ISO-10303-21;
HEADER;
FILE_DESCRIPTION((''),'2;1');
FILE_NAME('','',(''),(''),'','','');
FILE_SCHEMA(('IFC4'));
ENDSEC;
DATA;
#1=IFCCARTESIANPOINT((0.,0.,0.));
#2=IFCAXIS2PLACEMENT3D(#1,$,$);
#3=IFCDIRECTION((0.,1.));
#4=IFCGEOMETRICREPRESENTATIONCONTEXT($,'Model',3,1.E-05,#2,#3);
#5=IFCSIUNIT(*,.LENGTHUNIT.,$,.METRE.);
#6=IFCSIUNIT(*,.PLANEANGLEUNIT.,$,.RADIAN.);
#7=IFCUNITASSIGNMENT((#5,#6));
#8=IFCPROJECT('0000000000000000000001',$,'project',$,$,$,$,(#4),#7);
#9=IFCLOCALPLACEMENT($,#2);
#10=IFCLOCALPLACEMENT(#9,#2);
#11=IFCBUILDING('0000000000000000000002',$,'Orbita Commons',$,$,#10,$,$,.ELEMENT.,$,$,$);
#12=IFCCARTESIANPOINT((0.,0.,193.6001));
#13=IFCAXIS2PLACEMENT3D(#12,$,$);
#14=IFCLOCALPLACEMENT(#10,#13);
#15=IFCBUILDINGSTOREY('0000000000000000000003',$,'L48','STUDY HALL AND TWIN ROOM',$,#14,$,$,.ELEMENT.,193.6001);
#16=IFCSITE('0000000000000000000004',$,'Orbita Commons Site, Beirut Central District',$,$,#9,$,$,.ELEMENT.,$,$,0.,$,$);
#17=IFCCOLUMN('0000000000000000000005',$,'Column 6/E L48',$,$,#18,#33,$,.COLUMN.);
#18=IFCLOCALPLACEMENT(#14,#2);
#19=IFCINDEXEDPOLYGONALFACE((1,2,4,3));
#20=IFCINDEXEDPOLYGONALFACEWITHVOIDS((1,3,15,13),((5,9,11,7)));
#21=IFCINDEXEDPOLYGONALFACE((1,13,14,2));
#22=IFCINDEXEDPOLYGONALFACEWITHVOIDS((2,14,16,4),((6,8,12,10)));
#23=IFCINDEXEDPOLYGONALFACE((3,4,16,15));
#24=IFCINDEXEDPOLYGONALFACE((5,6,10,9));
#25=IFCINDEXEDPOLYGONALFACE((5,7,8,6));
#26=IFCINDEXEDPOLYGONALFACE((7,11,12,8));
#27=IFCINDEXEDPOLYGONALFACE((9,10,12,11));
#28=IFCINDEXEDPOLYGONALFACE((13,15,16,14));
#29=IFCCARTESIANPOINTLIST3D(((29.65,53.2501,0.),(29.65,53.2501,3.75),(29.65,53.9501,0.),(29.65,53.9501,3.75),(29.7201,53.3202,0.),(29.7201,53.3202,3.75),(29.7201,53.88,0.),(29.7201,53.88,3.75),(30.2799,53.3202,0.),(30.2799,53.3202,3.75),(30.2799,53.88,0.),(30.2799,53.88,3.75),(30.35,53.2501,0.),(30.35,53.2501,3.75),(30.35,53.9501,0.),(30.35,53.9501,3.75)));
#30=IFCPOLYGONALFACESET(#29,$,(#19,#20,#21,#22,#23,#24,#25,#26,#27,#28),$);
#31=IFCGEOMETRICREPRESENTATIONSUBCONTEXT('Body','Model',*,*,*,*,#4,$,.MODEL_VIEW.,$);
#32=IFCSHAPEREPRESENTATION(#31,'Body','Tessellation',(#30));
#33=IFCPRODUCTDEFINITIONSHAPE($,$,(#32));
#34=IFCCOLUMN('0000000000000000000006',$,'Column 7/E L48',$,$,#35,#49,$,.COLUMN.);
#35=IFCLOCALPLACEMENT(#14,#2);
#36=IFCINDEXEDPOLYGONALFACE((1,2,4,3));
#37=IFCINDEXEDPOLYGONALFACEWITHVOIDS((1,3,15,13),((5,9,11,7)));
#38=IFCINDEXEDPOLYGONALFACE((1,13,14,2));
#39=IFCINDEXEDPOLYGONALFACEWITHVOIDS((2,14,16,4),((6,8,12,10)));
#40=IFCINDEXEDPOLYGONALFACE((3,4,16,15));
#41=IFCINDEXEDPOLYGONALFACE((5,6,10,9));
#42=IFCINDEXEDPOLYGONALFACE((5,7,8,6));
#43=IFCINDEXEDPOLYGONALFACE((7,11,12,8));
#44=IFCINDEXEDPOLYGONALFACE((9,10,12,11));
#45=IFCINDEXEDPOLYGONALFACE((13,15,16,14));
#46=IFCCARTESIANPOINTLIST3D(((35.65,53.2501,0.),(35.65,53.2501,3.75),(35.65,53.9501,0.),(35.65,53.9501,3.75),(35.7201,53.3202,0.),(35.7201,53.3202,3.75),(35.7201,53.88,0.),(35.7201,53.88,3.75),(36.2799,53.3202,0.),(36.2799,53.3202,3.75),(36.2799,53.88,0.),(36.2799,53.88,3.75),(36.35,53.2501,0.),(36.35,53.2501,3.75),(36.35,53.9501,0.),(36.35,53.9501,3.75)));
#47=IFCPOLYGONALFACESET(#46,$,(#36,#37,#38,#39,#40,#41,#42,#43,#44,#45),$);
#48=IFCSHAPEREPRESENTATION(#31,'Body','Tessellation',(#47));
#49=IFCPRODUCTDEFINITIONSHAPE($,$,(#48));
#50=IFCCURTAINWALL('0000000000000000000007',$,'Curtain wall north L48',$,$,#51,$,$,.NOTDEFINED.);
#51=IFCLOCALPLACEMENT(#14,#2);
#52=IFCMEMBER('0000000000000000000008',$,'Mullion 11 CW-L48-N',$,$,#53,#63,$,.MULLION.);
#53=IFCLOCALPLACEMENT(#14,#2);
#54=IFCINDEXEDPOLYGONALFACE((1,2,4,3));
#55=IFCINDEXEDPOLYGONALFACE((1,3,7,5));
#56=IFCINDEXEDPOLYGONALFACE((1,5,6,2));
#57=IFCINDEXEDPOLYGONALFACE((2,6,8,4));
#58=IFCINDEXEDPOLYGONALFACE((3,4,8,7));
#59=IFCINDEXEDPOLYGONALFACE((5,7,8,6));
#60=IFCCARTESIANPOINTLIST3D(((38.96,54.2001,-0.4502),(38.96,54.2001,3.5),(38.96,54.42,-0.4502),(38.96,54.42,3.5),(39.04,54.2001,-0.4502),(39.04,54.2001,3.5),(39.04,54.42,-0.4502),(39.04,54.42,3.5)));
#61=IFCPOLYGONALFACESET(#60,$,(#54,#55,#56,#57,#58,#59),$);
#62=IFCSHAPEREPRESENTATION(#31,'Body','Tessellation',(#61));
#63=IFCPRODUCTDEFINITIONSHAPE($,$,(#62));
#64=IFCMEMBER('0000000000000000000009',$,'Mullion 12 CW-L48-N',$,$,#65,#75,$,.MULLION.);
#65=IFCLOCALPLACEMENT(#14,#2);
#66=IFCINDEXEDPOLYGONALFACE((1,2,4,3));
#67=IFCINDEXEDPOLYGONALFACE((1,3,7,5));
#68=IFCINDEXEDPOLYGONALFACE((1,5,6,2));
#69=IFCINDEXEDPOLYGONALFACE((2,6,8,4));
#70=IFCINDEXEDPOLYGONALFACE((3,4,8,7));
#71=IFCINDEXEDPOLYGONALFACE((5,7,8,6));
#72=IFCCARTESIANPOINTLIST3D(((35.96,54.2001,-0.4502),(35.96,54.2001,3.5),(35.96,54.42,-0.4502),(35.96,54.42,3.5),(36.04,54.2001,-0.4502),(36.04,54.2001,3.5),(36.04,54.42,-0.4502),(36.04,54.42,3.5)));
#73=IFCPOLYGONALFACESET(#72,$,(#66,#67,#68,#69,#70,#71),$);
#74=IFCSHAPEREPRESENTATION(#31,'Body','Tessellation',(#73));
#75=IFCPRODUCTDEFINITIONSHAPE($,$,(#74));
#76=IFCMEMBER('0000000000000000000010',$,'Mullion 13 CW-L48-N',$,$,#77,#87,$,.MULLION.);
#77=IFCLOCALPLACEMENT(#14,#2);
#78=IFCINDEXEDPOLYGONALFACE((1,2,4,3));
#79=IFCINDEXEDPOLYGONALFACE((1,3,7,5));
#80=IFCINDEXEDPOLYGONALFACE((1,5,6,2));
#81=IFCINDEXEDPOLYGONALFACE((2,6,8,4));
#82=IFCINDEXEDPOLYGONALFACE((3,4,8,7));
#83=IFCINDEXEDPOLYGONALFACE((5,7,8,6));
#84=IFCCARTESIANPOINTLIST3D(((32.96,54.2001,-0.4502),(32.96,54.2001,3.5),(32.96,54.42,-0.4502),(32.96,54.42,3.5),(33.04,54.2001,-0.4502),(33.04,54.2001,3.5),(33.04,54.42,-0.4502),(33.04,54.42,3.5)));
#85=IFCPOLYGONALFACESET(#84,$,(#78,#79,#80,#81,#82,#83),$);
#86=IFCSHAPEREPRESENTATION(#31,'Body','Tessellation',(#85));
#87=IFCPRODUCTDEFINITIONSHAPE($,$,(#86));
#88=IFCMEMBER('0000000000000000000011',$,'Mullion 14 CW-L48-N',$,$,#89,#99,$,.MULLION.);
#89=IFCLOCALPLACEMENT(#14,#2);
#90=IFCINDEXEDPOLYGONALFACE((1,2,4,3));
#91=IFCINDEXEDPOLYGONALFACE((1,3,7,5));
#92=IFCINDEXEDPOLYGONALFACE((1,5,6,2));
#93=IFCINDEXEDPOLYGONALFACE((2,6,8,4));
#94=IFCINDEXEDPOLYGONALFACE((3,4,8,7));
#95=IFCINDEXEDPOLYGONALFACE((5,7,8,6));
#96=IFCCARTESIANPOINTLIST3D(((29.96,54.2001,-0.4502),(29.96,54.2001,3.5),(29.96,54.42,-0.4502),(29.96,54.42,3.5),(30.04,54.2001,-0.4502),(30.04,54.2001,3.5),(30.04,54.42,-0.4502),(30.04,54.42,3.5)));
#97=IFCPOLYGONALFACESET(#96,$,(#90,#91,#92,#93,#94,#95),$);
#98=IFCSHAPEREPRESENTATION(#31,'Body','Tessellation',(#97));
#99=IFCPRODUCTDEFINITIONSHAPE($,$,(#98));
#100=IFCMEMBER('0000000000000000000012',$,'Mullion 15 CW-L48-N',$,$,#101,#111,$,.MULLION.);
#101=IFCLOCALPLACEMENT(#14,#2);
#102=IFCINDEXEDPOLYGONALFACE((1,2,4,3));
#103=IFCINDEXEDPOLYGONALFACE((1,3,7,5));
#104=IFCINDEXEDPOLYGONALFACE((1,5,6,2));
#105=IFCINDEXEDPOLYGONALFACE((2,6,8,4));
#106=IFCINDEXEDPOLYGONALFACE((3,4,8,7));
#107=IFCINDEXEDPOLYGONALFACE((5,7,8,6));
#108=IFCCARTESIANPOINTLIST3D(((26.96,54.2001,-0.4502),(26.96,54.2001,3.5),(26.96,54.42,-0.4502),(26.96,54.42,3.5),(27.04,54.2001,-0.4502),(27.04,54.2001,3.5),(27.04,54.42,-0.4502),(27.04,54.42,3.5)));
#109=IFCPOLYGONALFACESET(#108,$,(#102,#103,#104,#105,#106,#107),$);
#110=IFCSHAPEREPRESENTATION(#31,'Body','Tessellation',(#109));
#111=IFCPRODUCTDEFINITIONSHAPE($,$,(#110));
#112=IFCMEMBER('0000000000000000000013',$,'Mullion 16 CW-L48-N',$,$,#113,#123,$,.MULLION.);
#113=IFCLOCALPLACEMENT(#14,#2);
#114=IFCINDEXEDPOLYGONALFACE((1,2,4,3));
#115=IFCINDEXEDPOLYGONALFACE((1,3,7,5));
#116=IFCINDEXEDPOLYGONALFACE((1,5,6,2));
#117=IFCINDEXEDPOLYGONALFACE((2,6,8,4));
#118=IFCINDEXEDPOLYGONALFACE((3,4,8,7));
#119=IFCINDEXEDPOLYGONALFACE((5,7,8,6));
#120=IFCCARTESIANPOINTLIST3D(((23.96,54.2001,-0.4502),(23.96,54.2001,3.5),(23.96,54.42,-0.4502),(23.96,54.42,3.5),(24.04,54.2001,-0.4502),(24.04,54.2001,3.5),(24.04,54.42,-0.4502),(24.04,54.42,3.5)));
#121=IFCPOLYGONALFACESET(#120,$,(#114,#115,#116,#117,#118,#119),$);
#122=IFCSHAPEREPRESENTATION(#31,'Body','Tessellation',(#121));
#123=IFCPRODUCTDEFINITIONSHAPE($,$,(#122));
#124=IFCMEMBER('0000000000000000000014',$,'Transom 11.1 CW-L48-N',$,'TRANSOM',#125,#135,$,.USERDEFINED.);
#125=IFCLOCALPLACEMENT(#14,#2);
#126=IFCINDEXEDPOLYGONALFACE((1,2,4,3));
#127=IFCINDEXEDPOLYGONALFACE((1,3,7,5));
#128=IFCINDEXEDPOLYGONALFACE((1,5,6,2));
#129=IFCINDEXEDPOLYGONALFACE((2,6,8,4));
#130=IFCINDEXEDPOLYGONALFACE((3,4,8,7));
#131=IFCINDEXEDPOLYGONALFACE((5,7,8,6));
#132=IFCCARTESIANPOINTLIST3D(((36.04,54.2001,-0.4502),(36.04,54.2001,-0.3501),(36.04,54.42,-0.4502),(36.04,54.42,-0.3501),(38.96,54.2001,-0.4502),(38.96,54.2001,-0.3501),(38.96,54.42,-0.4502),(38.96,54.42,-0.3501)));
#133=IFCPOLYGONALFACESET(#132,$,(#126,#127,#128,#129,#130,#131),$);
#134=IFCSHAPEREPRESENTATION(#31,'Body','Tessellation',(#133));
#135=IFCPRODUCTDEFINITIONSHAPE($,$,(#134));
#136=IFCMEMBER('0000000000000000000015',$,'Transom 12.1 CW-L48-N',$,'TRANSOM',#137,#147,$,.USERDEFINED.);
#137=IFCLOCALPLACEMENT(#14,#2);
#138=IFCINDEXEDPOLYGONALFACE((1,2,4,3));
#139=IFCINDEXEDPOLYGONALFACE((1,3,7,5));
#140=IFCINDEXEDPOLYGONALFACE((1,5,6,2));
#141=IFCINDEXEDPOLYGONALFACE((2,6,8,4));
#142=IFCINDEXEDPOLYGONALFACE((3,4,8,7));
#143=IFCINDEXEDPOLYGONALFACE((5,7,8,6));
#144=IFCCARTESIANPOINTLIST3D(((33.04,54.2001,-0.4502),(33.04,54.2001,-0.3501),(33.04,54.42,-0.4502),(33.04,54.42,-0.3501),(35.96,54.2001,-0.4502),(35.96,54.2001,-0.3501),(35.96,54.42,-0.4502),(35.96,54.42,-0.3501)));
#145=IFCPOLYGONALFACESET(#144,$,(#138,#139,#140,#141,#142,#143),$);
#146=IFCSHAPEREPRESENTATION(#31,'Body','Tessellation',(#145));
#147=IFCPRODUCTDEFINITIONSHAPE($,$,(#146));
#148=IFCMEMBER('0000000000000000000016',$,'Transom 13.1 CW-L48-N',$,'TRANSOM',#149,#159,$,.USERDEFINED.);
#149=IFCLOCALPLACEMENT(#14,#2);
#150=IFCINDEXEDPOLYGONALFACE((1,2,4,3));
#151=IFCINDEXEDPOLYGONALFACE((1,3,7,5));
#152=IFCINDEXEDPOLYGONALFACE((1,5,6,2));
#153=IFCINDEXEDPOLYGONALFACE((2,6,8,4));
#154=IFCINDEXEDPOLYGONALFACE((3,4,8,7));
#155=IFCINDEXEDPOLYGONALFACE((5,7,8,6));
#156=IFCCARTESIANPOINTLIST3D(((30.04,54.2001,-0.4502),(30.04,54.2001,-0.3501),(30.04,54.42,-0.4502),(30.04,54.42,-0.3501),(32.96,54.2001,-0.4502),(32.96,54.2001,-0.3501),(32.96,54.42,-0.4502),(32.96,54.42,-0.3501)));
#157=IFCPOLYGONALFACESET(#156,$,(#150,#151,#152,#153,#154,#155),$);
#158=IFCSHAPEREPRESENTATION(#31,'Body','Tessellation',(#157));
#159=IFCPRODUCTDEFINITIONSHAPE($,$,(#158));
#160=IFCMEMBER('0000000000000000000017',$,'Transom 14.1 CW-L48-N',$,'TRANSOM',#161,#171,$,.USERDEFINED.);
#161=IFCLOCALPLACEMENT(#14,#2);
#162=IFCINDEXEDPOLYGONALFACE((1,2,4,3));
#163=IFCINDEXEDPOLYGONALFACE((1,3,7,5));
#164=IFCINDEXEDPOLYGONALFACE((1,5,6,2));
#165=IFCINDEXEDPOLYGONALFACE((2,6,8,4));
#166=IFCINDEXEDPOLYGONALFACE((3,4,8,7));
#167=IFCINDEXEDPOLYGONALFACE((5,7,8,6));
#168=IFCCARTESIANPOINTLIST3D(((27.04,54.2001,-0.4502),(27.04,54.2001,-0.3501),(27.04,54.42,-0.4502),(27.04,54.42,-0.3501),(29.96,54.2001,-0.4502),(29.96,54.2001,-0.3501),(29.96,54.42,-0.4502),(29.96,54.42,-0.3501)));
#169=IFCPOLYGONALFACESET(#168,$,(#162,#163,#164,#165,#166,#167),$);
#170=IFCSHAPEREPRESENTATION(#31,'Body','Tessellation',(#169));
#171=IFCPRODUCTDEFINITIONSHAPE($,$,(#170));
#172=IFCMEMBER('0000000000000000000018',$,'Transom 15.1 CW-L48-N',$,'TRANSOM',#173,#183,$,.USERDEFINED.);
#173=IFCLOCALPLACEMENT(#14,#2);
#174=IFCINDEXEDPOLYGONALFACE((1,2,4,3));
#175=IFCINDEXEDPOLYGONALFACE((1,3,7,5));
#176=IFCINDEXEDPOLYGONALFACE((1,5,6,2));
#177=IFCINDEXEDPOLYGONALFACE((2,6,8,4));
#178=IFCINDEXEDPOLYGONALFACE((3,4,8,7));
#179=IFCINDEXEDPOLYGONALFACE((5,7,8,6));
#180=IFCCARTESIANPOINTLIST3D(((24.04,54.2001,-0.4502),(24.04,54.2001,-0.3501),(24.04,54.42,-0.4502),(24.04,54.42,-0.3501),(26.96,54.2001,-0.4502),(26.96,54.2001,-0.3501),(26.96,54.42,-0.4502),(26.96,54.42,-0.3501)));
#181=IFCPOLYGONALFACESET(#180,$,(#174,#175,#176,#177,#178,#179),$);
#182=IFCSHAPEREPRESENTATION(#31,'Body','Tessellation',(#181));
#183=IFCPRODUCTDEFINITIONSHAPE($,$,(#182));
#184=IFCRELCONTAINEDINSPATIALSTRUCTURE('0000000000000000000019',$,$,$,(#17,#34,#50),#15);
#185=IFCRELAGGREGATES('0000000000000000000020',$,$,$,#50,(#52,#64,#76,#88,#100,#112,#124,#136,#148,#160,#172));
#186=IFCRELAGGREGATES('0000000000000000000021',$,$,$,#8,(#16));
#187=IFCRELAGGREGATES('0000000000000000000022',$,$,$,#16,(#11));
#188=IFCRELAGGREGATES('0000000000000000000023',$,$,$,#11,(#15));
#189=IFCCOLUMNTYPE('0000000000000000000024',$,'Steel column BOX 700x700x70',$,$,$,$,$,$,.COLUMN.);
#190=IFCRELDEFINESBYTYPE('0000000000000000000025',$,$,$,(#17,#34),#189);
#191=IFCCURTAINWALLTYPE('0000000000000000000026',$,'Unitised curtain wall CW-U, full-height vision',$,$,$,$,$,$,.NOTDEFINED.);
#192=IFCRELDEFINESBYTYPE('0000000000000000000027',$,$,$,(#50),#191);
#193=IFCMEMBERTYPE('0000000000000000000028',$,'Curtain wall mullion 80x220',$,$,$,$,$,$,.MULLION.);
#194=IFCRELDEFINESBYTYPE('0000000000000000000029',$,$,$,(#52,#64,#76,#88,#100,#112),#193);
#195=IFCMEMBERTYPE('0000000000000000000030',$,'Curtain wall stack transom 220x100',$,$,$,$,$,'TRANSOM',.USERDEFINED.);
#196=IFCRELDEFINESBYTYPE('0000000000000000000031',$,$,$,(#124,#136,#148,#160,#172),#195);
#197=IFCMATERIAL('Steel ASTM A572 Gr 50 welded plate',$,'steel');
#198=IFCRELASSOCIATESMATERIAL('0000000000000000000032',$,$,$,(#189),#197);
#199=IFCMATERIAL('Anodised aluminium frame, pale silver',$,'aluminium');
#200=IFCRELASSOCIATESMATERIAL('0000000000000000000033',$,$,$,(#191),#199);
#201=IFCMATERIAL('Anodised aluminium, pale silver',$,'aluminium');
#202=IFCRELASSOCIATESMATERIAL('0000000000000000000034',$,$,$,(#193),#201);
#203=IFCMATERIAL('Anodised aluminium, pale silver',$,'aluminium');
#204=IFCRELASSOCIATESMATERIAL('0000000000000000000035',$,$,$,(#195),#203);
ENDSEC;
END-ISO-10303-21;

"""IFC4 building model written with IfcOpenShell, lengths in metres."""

from ifc_helpers import new_model, si_unit, direction, frame, origin, origin_2d, place, context, subcontext, project, spatial, rectangle, hollow_rectangle, extrude, material, material_profile, profile_set, type_object, element, aggregate, save


model = new_model("IFC4")

# Units and contexts
model_context = context("Model", 3, precision=1e-05, world=origin(), true_north=direction((0.0, 1.0)))
body_context = subcontext(model_context, "Body", "Model", "MODEL_VIEW")
ifc_project = project(units=[si_unit("LENGTHUNIT", "METRE"), si_unit("PLANEANGLEUNIT", "RADIAN")], contexts=[model_context])

# Site, building, storey
site_placement = place(None, origin())
site = spatial("IfcSite", under=ifc_project, at=site_placement, Name="Orbita Commons Site, Beirut Central District", CompositionType="ELEMENT", RefElevation=0.0)
building_placement = place(site_placement, origin())
building = spatial("IfcBuilding", under=site, at=building_placement, Name="Orbita Commons", CompositionType="ELEMENT")
storey_placement = place(building_placement, frame((0.0, 0.0, 193.6001)))
storey = spatial("IfcBuildingStorey", under=building, at=storey_placement, Name="L48", Description="STUDY HALL AND TWIN ROOM", CompositionType="ELEMENT", Elevation=193.6001)

# Columns
ifc_material_1 = material(Name="Steel ASTM A572 Gr 50 welded plate", Category="steel")
ifc_material_profile_1 = material_profile(ifc_material_1, hollow_rectangle(XDim=0.7, YDim=0.7, WallThickness=0.0701, at=origin_2d()), Name="BOX 700x700x70")
ifc_profile_set_1 = profile_set([ifc_material_profile_1], Name="Steel ASTM A572 Gr 50 welded plate")
column_type = type_object("IfcColumnType", Name="Steel column BOX 700x700x70", PredefinedType="COLUMN", material=ifc_profile_set_1)
for number, where, z_axis, x_axis, name in (
    (1, (30.0, 53.6001, 0.0), (0.0, 0.0, 1.0), (1.0, 0.0, 0.0), "Column 6/E L48"),
    (2, (36.0, 53.6001, 0.0), (0.0, 0.0, 1.0), (1.0, 0.0, 0.0), "Column 7/E L48"),
):
    element("IfcColumn", number, at=place(storey_placement, frame(where, z_axis=z_axis, x_axis=x_axis)), inside=storey, type_object=column_type, Name=name, PredefinedType="COLUMN", context=body_context, shape_type="SweptSolid", body=[
        extrude(hollow_rectangle(XDim=0.7, YDim=0.7, WallThickness=0.0701, at=origin_2d()), origin(), (0.0, 0.0, 1.0), 3.75),
    ])

# Curtain wall, members
ifc_material_2 = material(Name="Anodised aluminium frame, pale silver", Category="aluminium")
curtain_wall_type = type_object("IfcCurtainWallType", Name="Unitised curtain wall CW-U, full-height vision", PredefinedType="NOTDEFINED", material=ifc_material_2)
curtain_wall_placement = place(storey_placement, origin())
curtain_wall = element("IfcCurtainWall", 3, at=curtain_wall_placement, inside=storey, type_object=curtain_wall_type, Name="Curtain wall north L48", PredefinedType="NOTDEFINED")
ifc_material_3 = material(Name="Anodised aluminium, pale silver", Category="aluminium")
ifc_material_profile_2 = material_profile(ifc_material_3, rectangle(XDim=0.0801, YDim=0.22, at=origin_2d()), Name="AL 80x220")
ifc_profile_set_2 = profile_set([ifc_material_profile_2], Name="Anodised aluminium, pale silver")
member_type_1 = type_object("IfcMemberType", Name="Curtain wall mullion 80x220", PredefinedType="MULLION", material=ifc_profile_set_2)
member_1_placement = place(storey_placement, frame((39.0, 54.3101, -0.4502), z_axis=(0.0, 0.0, 1.0), x_axis=(-1.0, 0.0, 0.0)))
member_1 = element("IfcMember", 4, at=member_1_placement, type_object=member_type_1, Name="Mullion 11 CW-L48-N", PredefinedType="MULLION", context=body_context, shape_type="SweptSolid", body=[
    extrude(rectangle(XDim=0.0801, YDim=0.22, at=origin_2d()), origin(), (0.0, 0.0, 1.0), 3.9502),
])
member_2_placement = place(storey_placement, frame((36.0, 54.3101, -0.4502), z_axis=(0.0, 0.0, 1.0), x_axis=(-1.0, 0.0, 0.0)))
member_2 = element("IfcMember", 5, at=member_2_placement, type_object=member_type_1, Name="Mullion 12 CW-L48-N", PredefinedType="MULLION", context=body_context, shape_type="SweptSolid", body=[
    extrude(rectangle(XDim=0.0801, YDim=0.22, at=origin_2d()), origin(), (0.0, 0.0, 1.0), 3.9502),
])
member_3_placement = place(storey_placement, frame((33.0, 54.3101, -0.4502), z_axis=(0.0, 0.0, 1.0), x_axis=(-1.0, 0.0, 0.0)))
member_3 = element("IfcMember", 6, at=member_3_placement, type_object=member_type_1, Name="Mullion 13 CW-L48-N", PredefinedType="MULLION", context=body_context, shape_type="SweptSolid", body=[
    extrude(rectangle(XDim=0.0801, YDim=0.22, at=origin_2d()), origin(), (0.0, 0.0, 1.0), 3.9502),
])
member_4_placement = place(storey_placement, frame((30.0, 54.3101, -0.4502), z_axis=(0.0, 0.0, 1.0), x_axis=(-1.0, 0.0, 0.0)))
member_4 = element("IfcMember", 7, at=member_4_placement, type_object=member_type_1, Name="Mullion 14 CW-L48-N", PredefinedType="MULLION", context=body_context, shape_type="SweptSolid", body=[
    extrude(rectangle(XDim=0.0801, YDim=0.22, at=origin_2d()), origin(), (0.0, 0.0, 1.0), 3.9502),
])
member_5_placement = place(storey_placement, frame((27.0, 54.3101, -0.4502), z_axis=(0.0, 0.0, 1.0), x_axis=(-1.0, 0.0, 0.0)))
member_5 = element("IfcMember", 8, at=member_5_placement, type_object=member_type_1, Name="Mullion 15 CW-L48-N", PredefinedType="MULLION", context=body_context, shape_type="SweptSolid", body=[
    extrude(rectangle(XDim=0.0801, YDim=0.22, at=origin_2d()), origin(), (0.0, 0.0, 1.0), 3.9502),
])
member_6_placement = place(storey_placement, frame((24.0, 54.3101, -0.4502), z_axis=(0.0, 0.0, 1.0), x_axis=(-1.0, 0.0, 0.0)))
member_6 = element("IfcMember", 9, at=member_6_placement, type_object=member_type_1, Name="Mullion 16 CW-L48-N", PredefinedType="MULLION", context=body_context, shape_type="SweptSolid", body=[
    extrude(rectangle(XDim=0.0801, YDim=0.22, at=origin_2d()), origin(), (0.0, 0.0, 1.0), 3.9502),
])
ifc_material_4 = material(Name="Anodised aluminium, pale silver", Category="aluminium")
ifc_material_profile_3 = material_profile(ifc_material_4, rectangle(XDim=0.22, YDim=0.1001, at=origin_2d()), Name="AL 220x100")
ifc_profile_set_3 = profile_set([ifc_material_profile_3], Name="Anodised aluminium, pale silver")
member_type_2 = type_object("IfcMemberType", Name="Curtain wall stack transom 220x100", ElementType="TRANSOM", PredefinedType="USERDEFINED", material=ifc_profile_set_3)
member_7_placement = place(storey_placement, frame((38.96, 54.3101, -0.4001), z_axis=(-1.0, 0.0, 0.0), x_axis=(0.0, -1.0, 0.0)))
member_7 = element("IfcMember", 10, at=member_7_placement, type_object=member_type_2, Name="Transom 11.1 CW-L48-N", ObjectType="TRANSOM", PredefinedType="USERDEFINED", context=body_context, shape_type="SweptSolid", body=[
    extrude(rectangle(XDim=0.22, YDim=0.1001, at=origin_2d()), origin(), (0.0, 0.0, 1.0), 2.9199),
])
member_8_placement = place(storey_placement, frame((35.96, 54.3101, -0.4001), z_axis=(-1.0, 0.0, 0.0), x_axis=(0.0, -1.0, 0.0)))
member_8 = element("IfcMember", 11, at=member_8_placement, type_object=member_type_2, Name="Transom 12.1 CW-L48-N", ObjectType="TRANSOM", PredefinedType="USERDEFINED", context=body_context, shape_type="SweptSolid", body=[
    extrude(rectangle(XDim=0.22, YDim=0.1001, at=origin_2d()), origin(), (0.0, 0.0, 1.0), 2.9199),
])
member_9_placement = place(storey_placement, frame((32.96, 54.3101, -0.4001), z_axis=(-1.0, 0.0, 0.0), x_axis=(0.0, -1.0, 0.0)))
member_9 = element("IfcMember", 12, at=member_9_placement, type_object=member_type_2, Name="Transom 13.1 CW-L48-N", ObjectType="TRANSOM", PredefinedType="USERDEFINED", context=body_context, shape_type="SweptSolid", body=[
    extrude(rectangle(XDim=0.22, YDim=0.1001, at=origin_2d()), origin(), (0.0, 0.0, 1.0), 2.9199),
])
member_10_placement = place(storey_placement, frame((29.96, 54.3101, -0.4001), z_axis=(-1.0, 0.0, 0.0), x_axis=(0.0, -1.0, 0.0)))
member_10 = element("IfcMember", 13, at=member_10_placement, type_object=member_type_2, Name="Transom 14.1 CW-L48-N", ObjectType="TRANSOM", PredefinedType="USERDEFINED", context=body_context, shape_type="SweptSolid", body=[
    extrude(rectangle(XDim=0.22, YDim=0.1001, at=origin_2d()), origin(), (0.0, 0.0, 1.0), 2.9199),
])
member_11_placement = place(storey_placement, frame((26.96, 54.3101, -0.4001), z_axis=(-1.0, 0.0, 0.0), x_axis=(0.0, -1.0, 0.0)))
member_11 = element("IfcMember", 14, at=member_11_placement, type_object=member_type_2, Name="Transom 15.1 CW-L48-N", ObjectType="TRANSOM", PredefinedType="USERDEFINED", context=body_context, shape_type="SweptSolid", body=[
    extrude(rectangle(XDim=0.22, YDim=0.1001, at=origin_2d()), origin(), (0.0, 0.0, 1.0), 2.9199),
])

aggregate(curtain_wall, [member_1, member_2, member_3, member_4, member_5, member_6, member_7, member_8, member_9, member_10, member_11])

save(model, "model.ifc")
